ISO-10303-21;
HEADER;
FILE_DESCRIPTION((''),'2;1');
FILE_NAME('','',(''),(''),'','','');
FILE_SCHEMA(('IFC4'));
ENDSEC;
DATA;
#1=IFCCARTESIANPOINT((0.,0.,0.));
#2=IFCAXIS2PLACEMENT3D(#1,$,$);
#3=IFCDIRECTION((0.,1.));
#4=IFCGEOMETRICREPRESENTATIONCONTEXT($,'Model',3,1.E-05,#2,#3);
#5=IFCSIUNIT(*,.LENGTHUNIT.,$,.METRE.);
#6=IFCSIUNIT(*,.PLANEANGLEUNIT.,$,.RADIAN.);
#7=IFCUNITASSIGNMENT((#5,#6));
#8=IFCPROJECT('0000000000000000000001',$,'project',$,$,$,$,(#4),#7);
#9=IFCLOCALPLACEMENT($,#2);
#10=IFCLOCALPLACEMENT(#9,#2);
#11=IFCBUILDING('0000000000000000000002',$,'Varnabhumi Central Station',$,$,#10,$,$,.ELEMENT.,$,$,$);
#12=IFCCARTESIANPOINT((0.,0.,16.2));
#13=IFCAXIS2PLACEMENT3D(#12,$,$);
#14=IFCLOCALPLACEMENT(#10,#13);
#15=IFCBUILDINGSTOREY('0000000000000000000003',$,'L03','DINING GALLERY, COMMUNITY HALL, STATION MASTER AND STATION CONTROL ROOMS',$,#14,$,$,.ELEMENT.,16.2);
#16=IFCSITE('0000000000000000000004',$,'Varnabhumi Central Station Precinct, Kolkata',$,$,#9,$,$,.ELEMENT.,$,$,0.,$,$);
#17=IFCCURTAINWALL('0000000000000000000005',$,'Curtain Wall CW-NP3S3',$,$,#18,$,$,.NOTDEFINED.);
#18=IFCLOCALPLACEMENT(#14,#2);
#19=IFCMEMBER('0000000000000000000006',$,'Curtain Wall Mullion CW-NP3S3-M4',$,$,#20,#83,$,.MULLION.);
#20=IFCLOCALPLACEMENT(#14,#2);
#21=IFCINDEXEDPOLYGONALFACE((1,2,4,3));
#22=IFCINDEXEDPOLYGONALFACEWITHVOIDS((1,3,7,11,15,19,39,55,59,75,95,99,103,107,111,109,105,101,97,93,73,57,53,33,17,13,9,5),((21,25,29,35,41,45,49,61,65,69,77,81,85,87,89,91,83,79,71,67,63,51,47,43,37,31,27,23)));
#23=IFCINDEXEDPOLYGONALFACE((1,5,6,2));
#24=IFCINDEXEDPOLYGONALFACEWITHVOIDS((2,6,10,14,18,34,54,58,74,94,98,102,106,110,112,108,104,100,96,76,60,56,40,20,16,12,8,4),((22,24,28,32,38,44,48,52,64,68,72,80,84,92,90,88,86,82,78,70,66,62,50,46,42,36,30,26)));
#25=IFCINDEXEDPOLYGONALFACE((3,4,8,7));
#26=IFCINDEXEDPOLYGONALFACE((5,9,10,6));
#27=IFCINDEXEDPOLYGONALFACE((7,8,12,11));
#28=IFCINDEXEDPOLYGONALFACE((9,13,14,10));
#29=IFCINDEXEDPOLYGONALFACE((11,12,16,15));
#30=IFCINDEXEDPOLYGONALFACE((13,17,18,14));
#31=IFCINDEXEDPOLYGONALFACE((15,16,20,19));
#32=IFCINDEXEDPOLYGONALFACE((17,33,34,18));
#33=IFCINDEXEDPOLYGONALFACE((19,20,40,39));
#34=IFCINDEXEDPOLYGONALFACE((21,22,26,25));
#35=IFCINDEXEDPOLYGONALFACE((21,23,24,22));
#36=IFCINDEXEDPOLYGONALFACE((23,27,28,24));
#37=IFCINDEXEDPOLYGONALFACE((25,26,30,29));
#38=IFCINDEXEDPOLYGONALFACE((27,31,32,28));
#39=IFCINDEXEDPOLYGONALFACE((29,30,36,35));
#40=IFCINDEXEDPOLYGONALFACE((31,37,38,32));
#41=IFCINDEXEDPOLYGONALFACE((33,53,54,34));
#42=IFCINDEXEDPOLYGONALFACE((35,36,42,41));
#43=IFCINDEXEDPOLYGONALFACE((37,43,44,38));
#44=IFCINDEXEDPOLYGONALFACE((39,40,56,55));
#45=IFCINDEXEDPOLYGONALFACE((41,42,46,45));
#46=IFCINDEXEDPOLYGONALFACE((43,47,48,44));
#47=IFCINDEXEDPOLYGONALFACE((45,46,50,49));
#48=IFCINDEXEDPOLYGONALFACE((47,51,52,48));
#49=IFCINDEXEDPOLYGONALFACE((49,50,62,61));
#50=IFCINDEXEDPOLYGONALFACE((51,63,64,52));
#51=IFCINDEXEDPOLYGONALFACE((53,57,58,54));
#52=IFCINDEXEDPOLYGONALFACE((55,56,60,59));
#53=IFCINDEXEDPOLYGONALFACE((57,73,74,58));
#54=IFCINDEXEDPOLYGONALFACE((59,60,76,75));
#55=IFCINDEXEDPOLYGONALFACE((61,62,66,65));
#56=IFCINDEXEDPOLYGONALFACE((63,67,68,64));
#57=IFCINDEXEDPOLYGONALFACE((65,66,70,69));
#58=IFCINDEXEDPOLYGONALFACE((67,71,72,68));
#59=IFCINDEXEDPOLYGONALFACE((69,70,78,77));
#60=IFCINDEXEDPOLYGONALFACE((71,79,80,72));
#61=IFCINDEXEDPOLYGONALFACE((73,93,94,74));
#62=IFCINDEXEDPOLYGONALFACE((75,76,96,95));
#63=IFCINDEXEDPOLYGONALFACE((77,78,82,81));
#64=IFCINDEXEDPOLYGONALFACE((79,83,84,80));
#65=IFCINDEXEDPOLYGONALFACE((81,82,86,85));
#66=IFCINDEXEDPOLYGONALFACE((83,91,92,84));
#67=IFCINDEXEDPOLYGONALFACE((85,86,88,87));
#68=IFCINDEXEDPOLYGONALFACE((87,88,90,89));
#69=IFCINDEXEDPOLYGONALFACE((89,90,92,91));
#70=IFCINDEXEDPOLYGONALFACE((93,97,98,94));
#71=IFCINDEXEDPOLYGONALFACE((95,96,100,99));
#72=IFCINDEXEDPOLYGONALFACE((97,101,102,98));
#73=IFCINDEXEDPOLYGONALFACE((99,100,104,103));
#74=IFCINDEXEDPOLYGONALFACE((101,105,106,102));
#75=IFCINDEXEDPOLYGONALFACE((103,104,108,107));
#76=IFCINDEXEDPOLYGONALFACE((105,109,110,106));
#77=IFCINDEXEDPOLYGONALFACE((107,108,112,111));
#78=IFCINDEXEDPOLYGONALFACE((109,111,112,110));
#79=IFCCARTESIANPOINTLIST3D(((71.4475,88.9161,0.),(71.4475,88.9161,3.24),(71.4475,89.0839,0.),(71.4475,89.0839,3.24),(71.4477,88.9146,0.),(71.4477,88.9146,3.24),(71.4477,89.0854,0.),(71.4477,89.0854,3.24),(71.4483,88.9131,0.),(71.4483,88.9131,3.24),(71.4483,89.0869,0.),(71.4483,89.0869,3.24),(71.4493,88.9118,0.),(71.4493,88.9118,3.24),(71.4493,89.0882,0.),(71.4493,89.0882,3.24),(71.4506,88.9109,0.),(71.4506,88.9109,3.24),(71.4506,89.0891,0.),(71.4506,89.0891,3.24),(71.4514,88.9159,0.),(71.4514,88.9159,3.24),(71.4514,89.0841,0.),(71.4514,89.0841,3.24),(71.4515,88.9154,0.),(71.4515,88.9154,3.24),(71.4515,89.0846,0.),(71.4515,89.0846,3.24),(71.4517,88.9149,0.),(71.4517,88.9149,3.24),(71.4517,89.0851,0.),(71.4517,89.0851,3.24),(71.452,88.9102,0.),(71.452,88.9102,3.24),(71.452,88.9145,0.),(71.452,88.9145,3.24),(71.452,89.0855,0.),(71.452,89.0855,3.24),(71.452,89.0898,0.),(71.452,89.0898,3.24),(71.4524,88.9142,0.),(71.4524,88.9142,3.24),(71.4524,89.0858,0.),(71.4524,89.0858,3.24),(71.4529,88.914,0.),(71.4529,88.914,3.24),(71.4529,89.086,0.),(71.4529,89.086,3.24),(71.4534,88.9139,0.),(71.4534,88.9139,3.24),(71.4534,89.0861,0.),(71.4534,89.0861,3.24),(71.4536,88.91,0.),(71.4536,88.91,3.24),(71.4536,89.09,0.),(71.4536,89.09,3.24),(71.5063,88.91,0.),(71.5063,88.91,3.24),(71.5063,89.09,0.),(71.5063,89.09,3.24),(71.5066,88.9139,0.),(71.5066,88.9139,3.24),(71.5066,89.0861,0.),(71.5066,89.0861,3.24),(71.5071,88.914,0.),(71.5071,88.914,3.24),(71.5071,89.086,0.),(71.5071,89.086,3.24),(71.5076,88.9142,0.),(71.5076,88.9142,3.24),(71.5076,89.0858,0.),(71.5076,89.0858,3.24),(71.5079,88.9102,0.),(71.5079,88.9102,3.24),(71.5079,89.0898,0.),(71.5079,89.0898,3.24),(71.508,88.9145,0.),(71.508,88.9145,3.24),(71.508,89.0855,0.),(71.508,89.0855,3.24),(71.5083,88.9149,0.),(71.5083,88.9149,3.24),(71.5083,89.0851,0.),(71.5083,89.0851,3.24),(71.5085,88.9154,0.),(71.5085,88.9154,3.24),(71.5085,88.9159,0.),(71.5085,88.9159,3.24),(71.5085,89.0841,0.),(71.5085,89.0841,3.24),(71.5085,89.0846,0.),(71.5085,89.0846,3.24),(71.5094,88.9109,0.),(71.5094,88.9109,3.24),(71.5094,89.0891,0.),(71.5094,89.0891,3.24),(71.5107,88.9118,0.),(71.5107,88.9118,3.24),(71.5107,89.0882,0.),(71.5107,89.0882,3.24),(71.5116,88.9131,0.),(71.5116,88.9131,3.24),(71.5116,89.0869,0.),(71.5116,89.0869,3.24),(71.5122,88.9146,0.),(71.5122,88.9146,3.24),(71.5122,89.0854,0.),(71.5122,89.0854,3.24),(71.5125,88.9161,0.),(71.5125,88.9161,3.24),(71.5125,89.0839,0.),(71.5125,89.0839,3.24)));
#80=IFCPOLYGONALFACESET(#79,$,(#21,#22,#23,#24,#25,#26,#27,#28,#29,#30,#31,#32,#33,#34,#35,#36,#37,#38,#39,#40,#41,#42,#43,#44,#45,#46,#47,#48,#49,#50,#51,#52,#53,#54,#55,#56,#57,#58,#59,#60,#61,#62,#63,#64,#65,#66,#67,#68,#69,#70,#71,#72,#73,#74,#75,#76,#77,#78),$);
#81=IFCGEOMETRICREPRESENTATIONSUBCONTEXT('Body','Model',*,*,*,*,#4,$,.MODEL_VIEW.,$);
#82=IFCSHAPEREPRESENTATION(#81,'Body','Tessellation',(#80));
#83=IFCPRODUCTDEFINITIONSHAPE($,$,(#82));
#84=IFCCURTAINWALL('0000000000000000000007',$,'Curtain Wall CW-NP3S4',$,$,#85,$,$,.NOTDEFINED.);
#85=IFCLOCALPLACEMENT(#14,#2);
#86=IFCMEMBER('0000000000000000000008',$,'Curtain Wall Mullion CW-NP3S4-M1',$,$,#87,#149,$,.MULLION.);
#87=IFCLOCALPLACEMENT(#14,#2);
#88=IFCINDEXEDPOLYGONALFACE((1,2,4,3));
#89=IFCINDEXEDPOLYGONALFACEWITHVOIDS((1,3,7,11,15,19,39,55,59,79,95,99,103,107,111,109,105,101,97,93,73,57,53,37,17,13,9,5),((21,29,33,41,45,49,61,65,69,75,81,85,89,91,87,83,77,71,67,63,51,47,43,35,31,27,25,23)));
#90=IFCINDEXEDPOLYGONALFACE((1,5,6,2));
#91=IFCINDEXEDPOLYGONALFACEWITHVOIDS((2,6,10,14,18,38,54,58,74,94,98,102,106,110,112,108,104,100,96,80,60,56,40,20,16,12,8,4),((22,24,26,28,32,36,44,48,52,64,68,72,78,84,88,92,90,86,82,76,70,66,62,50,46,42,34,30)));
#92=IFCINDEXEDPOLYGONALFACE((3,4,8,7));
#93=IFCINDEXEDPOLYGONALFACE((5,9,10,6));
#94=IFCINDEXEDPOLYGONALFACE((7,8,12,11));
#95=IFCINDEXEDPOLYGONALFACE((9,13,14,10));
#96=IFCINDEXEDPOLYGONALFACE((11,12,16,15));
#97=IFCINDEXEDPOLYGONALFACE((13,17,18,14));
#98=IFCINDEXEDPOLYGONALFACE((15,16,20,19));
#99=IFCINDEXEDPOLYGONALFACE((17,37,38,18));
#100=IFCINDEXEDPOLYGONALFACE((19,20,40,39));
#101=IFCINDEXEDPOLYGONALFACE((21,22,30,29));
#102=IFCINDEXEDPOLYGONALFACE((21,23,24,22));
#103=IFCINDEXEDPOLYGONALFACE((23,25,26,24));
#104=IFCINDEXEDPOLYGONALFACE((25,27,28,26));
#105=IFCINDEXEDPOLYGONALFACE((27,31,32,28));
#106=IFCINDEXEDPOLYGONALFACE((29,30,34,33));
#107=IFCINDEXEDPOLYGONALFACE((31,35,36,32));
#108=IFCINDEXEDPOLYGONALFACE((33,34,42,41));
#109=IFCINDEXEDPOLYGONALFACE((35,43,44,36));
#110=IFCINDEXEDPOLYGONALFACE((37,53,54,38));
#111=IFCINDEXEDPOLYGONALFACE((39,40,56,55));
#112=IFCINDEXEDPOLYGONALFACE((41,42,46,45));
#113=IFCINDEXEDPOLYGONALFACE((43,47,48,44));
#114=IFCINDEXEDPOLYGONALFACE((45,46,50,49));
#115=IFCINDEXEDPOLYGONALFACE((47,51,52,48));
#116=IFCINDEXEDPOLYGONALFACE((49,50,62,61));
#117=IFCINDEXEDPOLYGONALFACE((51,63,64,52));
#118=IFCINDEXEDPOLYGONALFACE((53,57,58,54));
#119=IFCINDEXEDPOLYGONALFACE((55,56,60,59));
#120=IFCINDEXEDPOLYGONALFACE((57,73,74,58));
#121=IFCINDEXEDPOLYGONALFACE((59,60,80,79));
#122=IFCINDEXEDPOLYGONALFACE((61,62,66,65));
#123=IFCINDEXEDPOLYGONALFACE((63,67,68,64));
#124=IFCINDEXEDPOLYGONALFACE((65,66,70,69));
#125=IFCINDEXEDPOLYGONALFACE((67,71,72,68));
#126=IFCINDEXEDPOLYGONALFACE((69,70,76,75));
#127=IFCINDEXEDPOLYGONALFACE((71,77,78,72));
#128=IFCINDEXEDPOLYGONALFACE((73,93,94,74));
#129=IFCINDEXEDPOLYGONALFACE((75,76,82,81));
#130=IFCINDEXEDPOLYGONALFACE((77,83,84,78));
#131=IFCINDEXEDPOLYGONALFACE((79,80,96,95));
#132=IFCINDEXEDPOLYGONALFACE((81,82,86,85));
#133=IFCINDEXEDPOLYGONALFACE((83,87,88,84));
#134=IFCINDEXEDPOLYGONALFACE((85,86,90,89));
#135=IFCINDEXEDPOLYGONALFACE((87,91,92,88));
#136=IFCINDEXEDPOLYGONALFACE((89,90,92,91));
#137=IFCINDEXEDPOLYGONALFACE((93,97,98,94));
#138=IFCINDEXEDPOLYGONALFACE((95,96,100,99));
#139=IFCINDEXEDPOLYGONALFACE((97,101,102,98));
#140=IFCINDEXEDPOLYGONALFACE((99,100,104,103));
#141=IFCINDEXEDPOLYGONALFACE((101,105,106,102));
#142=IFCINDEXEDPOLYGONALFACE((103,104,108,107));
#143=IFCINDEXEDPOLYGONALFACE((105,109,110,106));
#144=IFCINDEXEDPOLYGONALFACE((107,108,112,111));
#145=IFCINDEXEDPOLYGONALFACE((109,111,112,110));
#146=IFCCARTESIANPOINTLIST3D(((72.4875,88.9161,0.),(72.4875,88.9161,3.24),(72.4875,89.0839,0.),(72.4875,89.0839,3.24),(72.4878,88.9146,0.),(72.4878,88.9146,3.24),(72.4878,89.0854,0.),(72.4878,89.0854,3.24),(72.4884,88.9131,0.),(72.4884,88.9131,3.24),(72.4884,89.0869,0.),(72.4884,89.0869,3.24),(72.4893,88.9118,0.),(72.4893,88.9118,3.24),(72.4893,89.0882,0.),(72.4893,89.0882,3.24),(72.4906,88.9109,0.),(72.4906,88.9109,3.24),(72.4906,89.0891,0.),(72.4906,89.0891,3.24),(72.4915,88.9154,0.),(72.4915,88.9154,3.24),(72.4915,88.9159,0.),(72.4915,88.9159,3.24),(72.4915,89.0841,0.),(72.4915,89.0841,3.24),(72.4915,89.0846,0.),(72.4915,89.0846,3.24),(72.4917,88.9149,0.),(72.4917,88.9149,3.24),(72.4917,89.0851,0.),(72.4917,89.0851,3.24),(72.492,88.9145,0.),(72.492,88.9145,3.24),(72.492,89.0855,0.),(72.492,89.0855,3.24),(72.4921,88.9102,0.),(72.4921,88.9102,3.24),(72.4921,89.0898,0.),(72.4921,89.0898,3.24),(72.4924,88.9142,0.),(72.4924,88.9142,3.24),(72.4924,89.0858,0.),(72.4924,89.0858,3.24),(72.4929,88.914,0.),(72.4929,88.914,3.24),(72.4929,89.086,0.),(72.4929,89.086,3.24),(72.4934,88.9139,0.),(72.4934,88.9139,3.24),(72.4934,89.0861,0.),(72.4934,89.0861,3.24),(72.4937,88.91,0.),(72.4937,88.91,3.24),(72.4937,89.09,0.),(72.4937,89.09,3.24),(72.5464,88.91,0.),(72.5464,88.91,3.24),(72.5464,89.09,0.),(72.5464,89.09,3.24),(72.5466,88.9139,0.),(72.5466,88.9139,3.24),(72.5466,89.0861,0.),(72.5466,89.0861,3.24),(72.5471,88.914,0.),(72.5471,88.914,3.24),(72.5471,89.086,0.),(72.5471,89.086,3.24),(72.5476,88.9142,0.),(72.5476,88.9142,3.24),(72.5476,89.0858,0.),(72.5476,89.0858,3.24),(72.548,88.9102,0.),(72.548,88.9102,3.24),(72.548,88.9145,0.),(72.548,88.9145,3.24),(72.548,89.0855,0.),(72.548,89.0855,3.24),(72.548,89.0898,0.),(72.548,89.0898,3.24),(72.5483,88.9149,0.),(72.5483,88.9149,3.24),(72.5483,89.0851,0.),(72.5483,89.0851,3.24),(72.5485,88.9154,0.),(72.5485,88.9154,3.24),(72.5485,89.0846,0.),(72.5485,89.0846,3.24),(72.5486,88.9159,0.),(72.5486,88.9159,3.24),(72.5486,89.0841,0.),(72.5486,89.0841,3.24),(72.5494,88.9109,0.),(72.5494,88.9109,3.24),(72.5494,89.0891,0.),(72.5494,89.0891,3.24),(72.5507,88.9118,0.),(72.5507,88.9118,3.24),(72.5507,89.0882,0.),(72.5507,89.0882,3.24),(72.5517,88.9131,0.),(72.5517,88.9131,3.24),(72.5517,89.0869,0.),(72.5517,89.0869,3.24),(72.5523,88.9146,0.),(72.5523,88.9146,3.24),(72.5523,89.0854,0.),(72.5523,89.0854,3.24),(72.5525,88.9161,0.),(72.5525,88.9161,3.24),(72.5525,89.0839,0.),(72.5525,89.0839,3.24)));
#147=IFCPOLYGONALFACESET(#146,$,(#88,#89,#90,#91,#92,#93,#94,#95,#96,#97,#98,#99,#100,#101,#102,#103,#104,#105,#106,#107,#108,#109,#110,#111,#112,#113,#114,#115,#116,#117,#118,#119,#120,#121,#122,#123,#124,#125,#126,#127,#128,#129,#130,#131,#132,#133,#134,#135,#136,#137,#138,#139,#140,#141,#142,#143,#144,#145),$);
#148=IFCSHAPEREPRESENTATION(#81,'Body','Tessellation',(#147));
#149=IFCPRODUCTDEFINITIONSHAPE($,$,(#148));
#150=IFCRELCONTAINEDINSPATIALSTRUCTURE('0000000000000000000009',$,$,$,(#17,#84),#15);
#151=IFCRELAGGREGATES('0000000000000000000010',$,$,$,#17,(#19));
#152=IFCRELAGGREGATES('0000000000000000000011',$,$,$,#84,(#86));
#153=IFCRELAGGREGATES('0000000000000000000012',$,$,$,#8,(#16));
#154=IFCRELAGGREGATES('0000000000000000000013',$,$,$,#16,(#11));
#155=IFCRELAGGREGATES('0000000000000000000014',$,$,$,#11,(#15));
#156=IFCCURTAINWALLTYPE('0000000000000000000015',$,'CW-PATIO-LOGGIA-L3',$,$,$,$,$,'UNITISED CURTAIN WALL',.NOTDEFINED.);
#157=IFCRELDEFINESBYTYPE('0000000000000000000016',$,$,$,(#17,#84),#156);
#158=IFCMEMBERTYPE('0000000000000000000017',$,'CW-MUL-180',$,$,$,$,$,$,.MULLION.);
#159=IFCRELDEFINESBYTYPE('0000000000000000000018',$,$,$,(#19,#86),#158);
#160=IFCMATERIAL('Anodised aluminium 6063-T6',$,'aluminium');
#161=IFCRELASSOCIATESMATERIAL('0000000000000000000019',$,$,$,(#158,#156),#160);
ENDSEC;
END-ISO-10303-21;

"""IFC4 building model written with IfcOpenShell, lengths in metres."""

from ifc_helpers import new_model, si_unit, direction, frame, origin, origin_2d, place, context, subcontext, project, spatial, hollow_rectangle, extrude, material, material_profile, profile_set, type_object, element, aggregate, save


model = new_model("IFC4")

# Units and contexts
model_context = context("Model", 3, precision=1e-05, world=origin(), true_north=direction((0.0, 1.0)))
body_context = subcontext(model_context, "Body", "Model", "MODEL_VIEW")
ifc_project = project(units=[si_unit("LENGTHUNIT", "METRE"), si_unit("PLANEANGLEUNIT", "RADIAN")], contexts=[model_context])

# Site, building, storey
site_placement = place(None, origin())
site = spatial("IfcSite", under=ifc_project, at=site_placement, Name="Varnabhumi Central Station Precinct, Kolkata", CompositionType="ELEMENT", RefElevation=0.0)
building_placement = place(site_placement, origin())
building = spatial("IfcBuilding", under=site, at=building_placement, Name="Varnabhumi Central Station", CompositionType="ELEMENT")
storey_placement = place(building_placement, frame((0.0, 0.0, 16.2)))
storey = spatial("IfcBuildingStorey", under=building, at=storey_placement, Name="L03", Description="DINING GALLERY, COMMUNITY HALL, STATION MASTER AND STATION CONTROL ROOMS", CompositionType="ELEMENT", Elevation=16.2)

# Curtain walls, members
ifc_material_1 = material(Name="Anodised aluminium 6063-T6", Category="aluminium")
ifc_material_profile_1 = material_profile(ifc_material_1, hollow_rectangle(XDim=0.0649, YDim=0.1799, WallThickness=0.0039, InnerFilletRadius=0.002, OuterFilletRadius=0.0061, at=origin_2d()), Name="Anodised aluminium 6063-T6", Category="aluminium")
ifc_profile_set_1 = profile_set([ifc_material_profile_1], Name="Anodised aluminium 6063-T6")
member_type_1 = type_object("IfcMemberType", Name="CW-MUL-180", PredefinedType="MULLION", material=ifc_profile_set_1)
curtain_wall_type_1 = type_object("IfcCurtainWallType", Name="CW-PATIO-LOGGIA-L3", ElementType="UNITISED CURTAIN WALL", PredefinedType="NOTDEFINED", material=ifc_material_1)
curtain_wall_1_placement = place(storey_placement, origin())
curtain_wall_1 = element("IfcCurtainWall", 1, at=curtain_wall_1_placement, inside=storey, type_object=curtain_wall_type_1, Name="Curtain Wall CW-NP3S3", PredefinedType="NOTDEFINED")
member_1_placement = place(storey_placement, frame((71.48, 89.0, 0.0), z_axis=(0.0, 0.0, 1.0), x_axis=(1.0, 0.0, 0.0)))
member_1 = element("IfcMember", 2, at=member_1_placement, type_object=member_type_1, Name="Curtain Wall Mullion CW-NP3S3-M4", PredefinedType="MULLION", context=body_context, shape_type="SweptSolid", body=[
    extrude(hollow_rectangle(XDim=0.0649, YDim=0.1799, WallThickness=0.0039, InnerFilletRadius=0.002, OuterFilletRadius=0.0061, at=origin_2d()), origin(), (0.0, 0.0, 1.0), 3.24),
])
curtain_wall_2_placement = place(storey_placement, origin())
curtain_wall_2 = element("IfcCurtainWall", 3, at=curtain_wall_2_placement, inside=storey, type_object=curtain_wall_type_1, Name="Curtain Wall CW-NP3S4", PredefinedType="NOTDEFINED")
member_2_placement = place(storey_placement, frame((72.52, 89.0, 0.0), z_axis=(0.0, 0.0, 1.0), x_axis=(1.0, 0.0, 0.0)))
member_2 = element("IfcMember", 4, at=member_2_placement, type_object=member_type_1, Name="Curtain Wall Mullion CW-NP3S4-M1", PredefinedType="MULLION", context=body_context, shape_type="SweptSolid", body=[
    extrude(hollow_rectangle(XDim=0.0649, YDim=0.1799, WallThickness=0.0039, InnerFilletRadius=0.002, OuterFilletRadius=0.0061, at=origin_2d()), origin(), (0.0, 0.0, 1.0), 3.24),
])

aggregate(curtain_wall_1, [member_1])
aggregate(curtain_wall_2, [member_2])

save(model, "model.ifc")
